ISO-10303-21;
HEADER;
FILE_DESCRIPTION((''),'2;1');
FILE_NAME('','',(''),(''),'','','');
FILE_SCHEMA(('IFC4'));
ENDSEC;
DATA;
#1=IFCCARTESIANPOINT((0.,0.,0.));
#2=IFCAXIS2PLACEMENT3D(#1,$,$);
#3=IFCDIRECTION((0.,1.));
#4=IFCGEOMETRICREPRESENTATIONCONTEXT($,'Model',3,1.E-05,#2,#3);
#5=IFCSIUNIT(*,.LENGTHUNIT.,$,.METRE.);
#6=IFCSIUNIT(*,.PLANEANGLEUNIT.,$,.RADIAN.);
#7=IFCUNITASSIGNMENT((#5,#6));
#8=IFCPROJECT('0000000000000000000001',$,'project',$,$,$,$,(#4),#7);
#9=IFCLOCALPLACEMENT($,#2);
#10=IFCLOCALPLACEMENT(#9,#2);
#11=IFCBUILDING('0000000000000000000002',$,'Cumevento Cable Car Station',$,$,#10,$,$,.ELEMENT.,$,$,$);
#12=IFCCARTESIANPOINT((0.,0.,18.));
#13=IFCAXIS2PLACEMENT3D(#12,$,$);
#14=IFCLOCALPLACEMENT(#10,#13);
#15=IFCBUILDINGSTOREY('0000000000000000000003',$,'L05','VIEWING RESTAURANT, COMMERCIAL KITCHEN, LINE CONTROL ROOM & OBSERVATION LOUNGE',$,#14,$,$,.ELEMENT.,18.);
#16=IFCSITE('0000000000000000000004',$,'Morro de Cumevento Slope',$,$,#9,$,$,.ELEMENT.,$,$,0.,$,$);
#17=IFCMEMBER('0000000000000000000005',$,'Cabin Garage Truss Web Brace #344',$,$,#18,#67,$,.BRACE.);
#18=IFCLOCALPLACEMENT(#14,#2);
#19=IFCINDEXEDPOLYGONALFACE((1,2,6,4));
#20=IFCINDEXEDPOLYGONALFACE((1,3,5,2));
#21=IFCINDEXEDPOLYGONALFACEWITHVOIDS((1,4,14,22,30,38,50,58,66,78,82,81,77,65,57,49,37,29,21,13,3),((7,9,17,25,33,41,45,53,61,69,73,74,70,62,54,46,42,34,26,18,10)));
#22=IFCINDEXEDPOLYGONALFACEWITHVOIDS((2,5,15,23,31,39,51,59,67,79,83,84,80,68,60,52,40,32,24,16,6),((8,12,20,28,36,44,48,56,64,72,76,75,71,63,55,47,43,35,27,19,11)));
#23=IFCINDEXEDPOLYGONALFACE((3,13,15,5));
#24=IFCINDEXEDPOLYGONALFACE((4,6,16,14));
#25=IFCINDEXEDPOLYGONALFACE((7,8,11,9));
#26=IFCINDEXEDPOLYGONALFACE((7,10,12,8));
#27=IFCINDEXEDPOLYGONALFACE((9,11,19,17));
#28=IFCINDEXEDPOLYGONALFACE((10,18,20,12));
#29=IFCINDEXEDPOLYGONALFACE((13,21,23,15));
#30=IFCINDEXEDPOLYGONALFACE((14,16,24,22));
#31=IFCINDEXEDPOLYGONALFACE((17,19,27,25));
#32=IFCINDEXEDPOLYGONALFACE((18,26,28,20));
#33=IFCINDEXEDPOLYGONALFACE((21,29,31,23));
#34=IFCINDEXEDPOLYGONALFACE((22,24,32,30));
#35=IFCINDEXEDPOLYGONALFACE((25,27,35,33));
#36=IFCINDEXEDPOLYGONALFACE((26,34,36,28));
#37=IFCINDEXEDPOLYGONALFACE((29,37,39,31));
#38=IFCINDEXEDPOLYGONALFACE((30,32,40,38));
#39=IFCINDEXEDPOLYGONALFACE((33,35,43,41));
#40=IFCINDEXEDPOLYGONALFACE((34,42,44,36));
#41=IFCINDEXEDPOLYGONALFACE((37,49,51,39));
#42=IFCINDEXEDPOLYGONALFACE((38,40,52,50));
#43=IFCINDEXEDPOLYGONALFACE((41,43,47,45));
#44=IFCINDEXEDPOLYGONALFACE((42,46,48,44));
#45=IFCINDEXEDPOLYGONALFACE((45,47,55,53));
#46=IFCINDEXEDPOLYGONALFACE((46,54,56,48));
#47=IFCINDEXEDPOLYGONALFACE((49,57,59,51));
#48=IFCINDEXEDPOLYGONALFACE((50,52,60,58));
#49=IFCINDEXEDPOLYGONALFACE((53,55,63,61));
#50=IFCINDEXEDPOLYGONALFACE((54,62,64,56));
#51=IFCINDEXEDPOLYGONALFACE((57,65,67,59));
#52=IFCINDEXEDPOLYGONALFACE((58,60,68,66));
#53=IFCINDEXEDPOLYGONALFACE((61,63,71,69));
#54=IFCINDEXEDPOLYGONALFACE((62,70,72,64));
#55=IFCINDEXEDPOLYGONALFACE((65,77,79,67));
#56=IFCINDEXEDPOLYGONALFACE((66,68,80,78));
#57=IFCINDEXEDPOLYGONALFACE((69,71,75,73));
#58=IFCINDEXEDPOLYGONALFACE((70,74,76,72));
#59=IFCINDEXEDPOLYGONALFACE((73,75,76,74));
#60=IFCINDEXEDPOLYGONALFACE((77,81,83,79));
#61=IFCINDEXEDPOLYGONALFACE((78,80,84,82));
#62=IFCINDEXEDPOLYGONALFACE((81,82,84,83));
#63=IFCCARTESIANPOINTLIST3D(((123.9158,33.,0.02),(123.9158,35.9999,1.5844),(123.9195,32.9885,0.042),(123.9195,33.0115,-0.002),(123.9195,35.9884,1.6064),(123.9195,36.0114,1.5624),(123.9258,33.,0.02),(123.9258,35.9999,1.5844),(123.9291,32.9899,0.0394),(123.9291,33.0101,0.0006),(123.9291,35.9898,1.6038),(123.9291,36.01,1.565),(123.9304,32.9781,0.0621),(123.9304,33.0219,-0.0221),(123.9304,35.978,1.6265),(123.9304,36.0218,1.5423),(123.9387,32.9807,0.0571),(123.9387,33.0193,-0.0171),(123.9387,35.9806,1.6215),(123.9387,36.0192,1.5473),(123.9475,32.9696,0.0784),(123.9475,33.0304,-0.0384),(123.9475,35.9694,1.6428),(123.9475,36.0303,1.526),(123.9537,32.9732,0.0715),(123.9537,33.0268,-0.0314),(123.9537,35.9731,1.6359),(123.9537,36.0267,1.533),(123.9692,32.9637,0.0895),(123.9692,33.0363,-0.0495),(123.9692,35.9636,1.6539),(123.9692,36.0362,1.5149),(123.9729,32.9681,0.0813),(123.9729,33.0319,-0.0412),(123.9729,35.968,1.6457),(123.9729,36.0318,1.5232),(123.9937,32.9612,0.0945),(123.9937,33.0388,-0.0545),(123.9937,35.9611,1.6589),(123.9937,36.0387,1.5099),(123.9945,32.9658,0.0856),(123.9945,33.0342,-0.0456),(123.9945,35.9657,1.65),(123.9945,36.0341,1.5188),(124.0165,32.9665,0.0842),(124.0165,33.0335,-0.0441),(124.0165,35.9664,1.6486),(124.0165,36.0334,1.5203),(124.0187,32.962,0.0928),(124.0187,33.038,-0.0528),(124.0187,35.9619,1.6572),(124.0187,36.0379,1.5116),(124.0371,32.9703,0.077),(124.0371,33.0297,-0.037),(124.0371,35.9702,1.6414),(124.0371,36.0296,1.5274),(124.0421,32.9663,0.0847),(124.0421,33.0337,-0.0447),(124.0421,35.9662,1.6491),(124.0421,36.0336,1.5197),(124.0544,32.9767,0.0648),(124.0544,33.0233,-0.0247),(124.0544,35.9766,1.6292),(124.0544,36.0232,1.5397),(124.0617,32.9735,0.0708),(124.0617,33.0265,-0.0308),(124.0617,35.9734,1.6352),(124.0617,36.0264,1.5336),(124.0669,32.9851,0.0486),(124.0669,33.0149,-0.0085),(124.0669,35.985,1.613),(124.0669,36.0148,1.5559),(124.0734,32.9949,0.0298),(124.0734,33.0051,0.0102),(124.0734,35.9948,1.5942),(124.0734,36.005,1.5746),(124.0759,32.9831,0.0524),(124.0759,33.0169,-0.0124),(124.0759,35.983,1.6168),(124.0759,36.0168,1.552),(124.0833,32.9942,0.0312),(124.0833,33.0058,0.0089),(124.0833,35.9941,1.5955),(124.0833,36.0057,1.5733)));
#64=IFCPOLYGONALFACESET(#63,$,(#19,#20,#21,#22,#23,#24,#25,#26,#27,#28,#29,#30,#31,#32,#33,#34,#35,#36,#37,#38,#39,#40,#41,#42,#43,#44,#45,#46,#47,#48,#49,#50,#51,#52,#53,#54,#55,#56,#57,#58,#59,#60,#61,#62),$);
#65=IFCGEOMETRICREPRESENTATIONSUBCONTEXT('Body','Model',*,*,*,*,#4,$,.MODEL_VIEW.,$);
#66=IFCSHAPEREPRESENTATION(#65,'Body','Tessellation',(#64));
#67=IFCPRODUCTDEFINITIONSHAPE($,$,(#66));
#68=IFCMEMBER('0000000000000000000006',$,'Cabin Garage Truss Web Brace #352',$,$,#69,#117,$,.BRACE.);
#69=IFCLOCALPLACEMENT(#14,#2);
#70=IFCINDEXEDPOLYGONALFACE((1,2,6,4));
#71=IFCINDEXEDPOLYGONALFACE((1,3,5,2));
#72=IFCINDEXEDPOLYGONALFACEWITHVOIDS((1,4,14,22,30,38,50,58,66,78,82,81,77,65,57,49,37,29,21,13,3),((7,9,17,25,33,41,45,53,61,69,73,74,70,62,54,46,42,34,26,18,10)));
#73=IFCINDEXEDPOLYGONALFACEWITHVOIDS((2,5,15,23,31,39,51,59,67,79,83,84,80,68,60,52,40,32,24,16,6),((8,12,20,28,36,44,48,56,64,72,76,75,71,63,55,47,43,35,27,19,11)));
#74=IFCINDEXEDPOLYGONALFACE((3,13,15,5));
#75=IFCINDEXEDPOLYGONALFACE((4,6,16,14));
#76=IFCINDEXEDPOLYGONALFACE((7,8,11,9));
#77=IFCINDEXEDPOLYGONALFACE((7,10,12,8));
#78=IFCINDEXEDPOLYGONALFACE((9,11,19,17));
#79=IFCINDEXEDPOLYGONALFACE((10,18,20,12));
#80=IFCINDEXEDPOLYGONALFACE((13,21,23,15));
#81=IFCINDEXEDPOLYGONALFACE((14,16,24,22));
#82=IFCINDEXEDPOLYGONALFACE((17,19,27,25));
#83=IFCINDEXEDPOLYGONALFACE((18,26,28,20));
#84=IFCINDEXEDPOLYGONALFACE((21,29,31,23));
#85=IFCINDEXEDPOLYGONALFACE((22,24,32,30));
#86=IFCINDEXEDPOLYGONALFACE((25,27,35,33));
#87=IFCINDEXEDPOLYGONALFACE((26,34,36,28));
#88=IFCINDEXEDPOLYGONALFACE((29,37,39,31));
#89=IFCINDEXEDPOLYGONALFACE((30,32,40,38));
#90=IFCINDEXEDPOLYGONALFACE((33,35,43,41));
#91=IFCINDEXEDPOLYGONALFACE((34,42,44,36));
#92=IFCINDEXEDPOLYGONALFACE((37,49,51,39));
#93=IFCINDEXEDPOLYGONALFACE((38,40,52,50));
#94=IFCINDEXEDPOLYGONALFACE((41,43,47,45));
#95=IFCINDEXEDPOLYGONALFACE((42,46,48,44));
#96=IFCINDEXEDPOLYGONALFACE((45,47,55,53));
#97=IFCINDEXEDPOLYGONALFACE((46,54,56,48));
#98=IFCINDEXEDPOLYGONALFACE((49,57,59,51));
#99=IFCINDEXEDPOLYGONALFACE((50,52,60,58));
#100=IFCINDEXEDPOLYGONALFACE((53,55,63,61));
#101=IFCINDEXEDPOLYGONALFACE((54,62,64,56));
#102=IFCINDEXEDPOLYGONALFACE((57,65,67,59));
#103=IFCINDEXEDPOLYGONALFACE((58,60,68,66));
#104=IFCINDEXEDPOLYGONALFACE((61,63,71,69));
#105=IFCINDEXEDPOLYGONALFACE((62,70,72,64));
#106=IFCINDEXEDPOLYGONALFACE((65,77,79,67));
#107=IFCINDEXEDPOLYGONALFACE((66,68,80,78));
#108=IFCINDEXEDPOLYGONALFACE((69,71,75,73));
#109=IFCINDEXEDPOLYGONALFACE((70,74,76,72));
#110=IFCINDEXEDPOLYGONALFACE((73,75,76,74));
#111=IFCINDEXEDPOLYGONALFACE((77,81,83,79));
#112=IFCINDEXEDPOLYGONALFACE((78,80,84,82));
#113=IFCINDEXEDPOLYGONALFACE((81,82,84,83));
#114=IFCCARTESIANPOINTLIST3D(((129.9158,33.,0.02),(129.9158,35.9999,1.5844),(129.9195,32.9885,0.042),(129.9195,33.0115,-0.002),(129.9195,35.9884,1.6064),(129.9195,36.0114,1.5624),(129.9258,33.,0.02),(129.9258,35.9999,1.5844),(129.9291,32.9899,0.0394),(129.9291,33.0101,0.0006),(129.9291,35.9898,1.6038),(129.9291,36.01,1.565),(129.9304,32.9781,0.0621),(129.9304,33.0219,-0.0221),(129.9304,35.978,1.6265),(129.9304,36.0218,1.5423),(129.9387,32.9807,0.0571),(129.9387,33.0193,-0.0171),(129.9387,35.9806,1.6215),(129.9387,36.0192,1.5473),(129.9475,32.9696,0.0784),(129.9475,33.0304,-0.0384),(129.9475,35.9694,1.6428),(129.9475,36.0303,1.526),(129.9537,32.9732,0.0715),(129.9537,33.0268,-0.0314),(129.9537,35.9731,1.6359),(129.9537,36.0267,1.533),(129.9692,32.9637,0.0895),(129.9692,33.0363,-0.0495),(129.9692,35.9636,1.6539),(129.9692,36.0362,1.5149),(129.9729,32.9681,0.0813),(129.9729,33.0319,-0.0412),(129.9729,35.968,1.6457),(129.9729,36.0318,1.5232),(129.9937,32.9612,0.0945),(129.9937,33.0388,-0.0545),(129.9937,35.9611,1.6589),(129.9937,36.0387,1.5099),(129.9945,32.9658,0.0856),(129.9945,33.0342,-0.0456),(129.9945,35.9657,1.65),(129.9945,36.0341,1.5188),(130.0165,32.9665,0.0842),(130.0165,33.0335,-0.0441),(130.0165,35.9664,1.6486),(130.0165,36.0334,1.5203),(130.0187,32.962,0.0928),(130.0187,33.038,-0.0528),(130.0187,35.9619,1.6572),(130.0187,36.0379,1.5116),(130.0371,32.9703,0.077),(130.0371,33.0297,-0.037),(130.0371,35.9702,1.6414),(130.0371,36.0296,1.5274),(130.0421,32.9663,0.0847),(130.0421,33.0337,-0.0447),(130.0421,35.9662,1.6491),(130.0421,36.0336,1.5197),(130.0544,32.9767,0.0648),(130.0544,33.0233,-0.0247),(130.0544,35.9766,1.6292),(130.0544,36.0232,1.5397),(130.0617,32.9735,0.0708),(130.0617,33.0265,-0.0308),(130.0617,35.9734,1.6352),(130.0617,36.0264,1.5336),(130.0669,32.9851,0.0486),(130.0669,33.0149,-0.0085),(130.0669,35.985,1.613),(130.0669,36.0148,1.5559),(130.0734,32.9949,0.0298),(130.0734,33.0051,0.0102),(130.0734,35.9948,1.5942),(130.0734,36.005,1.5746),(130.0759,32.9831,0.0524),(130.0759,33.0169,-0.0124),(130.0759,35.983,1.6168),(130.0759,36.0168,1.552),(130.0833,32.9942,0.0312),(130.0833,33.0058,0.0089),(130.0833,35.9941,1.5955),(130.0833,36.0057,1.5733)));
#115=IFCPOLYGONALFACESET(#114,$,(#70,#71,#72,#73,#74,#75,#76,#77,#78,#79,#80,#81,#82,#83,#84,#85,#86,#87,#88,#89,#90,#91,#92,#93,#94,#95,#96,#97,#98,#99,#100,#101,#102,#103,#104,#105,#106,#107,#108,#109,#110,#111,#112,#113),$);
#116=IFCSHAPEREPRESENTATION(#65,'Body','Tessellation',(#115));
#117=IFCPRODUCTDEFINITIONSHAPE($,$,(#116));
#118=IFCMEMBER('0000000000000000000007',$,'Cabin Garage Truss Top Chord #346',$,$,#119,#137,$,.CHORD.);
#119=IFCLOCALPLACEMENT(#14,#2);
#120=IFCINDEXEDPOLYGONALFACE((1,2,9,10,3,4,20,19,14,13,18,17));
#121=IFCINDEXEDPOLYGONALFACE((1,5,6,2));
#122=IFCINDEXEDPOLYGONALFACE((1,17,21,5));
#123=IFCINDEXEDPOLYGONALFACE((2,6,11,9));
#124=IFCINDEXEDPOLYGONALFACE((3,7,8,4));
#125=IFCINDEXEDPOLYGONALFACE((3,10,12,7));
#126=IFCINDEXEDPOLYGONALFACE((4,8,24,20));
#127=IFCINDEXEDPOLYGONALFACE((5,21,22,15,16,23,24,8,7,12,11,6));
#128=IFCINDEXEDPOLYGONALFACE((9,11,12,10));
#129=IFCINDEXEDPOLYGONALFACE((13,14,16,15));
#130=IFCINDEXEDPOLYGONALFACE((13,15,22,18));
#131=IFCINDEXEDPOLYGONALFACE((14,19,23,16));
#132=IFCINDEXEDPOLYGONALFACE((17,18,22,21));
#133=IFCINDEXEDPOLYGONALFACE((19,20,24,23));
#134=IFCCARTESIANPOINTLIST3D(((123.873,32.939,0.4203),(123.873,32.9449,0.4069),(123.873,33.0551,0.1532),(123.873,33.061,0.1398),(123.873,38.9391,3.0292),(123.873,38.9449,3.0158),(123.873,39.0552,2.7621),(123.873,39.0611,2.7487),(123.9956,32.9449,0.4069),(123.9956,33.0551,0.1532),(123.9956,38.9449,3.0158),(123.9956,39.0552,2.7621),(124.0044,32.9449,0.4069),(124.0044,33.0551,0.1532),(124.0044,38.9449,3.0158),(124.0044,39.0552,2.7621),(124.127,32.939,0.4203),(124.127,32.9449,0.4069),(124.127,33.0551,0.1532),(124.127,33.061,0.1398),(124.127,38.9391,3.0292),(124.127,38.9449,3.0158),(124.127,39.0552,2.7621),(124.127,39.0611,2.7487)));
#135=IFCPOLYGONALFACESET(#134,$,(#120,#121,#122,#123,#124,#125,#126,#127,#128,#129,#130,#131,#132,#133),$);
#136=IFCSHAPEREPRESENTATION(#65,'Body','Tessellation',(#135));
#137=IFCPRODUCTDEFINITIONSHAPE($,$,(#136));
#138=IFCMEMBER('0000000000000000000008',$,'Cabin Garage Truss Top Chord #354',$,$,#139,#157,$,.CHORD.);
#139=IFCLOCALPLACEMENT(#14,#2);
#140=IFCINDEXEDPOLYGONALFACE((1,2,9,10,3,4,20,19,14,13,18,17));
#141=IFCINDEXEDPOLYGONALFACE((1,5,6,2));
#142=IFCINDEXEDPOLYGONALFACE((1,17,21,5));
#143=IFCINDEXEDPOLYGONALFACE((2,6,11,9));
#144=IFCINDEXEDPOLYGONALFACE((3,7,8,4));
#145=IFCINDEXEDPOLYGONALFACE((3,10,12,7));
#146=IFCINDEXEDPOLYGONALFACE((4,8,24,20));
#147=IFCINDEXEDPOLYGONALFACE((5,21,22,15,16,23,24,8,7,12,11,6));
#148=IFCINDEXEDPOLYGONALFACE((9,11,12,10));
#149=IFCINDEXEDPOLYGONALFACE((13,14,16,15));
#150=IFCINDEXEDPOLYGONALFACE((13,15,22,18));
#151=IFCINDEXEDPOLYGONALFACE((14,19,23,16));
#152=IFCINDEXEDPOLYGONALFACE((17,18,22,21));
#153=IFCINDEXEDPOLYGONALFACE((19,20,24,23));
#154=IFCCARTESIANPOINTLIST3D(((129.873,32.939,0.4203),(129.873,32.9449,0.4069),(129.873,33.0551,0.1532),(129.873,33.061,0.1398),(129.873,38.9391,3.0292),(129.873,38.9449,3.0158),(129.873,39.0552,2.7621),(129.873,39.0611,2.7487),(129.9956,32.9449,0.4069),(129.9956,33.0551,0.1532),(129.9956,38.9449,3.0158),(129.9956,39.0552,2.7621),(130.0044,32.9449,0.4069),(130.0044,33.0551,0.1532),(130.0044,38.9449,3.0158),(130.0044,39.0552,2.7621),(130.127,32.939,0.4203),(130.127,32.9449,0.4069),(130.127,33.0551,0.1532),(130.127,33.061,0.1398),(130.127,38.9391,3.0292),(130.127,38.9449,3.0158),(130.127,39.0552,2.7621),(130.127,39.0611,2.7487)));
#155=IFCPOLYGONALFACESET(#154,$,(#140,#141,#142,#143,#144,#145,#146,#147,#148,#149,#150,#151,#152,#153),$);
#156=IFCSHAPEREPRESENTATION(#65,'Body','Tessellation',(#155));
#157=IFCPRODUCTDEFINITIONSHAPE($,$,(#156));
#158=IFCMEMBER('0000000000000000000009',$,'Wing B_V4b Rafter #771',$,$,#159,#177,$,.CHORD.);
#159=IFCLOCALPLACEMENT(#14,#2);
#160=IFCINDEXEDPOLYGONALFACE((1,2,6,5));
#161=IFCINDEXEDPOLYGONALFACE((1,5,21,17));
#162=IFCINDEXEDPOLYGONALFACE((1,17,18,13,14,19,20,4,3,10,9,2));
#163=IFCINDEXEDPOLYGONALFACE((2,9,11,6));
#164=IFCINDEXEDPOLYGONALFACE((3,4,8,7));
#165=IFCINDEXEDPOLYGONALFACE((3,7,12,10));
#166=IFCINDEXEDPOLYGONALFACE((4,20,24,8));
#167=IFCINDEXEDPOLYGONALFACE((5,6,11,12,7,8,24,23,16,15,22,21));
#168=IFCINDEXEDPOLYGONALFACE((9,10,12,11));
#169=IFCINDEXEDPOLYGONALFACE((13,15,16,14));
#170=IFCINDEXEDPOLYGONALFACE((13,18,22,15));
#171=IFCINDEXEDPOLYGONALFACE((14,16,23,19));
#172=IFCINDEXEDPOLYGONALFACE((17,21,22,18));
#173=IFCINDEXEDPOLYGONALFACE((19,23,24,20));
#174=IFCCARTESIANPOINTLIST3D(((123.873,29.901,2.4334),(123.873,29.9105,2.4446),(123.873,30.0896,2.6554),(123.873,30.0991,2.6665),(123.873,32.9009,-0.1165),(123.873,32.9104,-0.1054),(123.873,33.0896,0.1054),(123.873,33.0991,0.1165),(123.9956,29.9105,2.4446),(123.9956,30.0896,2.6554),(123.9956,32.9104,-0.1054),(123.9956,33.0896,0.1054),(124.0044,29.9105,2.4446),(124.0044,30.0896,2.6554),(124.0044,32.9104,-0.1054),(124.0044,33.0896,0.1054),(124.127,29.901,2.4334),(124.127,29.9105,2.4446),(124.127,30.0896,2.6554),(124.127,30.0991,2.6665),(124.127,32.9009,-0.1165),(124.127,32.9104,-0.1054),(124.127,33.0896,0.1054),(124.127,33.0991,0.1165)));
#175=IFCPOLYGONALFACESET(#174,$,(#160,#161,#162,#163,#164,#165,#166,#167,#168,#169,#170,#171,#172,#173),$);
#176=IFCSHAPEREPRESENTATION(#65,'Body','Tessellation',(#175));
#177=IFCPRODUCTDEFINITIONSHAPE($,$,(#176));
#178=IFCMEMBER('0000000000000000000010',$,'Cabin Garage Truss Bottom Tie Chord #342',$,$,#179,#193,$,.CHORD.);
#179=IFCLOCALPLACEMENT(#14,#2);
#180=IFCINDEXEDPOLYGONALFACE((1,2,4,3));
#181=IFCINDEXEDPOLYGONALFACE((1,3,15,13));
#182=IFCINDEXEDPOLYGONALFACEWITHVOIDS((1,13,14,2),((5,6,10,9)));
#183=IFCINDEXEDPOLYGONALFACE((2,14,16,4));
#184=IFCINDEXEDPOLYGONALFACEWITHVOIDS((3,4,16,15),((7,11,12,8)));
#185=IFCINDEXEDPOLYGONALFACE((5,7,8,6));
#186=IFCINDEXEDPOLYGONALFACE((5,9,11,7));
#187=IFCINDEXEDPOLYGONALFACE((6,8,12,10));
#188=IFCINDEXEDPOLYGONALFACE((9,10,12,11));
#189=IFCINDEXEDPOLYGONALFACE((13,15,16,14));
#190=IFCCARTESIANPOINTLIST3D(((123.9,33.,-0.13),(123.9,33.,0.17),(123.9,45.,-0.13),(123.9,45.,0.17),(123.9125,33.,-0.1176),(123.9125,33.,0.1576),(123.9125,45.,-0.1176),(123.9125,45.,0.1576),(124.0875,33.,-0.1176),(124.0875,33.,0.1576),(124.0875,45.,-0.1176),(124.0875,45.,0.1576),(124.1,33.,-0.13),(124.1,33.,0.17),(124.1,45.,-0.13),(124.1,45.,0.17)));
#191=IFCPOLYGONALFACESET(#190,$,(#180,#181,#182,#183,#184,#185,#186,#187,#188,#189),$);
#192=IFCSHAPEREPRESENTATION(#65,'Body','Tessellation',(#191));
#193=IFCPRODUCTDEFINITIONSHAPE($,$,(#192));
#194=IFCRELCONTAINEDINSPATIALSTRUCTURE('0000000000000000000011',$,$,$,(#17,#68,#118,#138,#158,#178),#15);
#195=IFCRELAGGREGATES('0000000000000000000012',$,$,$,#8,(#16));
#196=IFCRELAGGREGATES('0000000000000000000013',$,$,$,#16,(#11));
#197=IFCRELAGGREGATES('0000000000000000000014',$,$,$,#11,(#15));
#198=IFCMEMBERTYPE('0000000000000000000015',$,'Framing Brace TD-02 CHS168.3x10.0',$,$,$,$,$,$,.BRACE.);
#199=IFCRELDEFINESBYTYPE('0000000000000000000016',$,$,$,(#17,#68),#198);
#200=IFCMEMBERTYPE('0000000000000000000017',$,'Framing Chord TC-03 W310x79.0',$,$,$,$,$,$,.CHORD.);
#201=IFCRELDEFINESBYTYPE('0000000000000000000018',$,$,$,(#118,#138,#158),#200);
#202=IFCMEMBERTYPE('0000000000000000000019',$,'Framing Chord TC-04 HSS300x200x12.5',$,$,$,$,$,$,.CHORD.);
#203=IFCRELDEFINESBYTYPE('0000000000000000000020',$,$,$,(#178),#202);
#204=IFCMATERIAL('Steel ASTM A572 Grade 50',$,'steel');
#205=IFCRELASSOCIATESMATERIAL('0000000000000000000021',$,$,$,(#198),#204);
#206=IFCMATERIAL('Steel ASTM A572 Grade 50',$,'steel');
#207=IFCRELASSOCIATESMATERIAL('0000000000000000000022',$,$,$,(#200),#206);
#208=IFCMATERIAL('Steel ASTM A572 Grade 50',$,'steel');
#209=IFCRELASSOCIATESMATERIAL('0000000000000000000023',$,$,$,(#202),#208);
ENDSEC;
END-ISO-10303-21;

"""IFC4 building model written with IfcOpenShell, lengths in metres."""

from ifc_helpers import new_model, si_unit, direction, frame, origin, origin_2d, place, context, subcontext, project, spatial, hollow_rectangle, hollow_circle, i_section, extrude, material, material_profile, profile_set, type_object, element, save


model = new_model("IFC4")

# Units and contexts
model_context = context("Model", 3, precision=1e-05, world=origin(), true_north=direction((0.0, 1.0)))
body_context = subcontext(model_context, "Body", "Model", "MODEL_VIEW")
ifc_project = project(units=[si_unit("LENGTHUNIT", "METRE"), si_unit("PLANEANGLEUNIT", "RADIAN")], contexts=[model_context])

# Site, building, storey
site_placement = place(None, origin())
site = spatial("IfcSite", under=ifc_project, at=site_placement, Name="Morro de Cumevento Slope", CompositionType="ELEMENT", RefElevation=0.0)
building_placement = place(site_placement, origin())
building = spatial("IfcBuilding", under=site, at=building_placement, Name="Cumevento Cable Car Station", CompositionType="ELEMENT")
storey_placement = place(building_placement, frame((0.0, 0.0, 18.0)))
storey = spatial("IfcBuildingStorey", under=building, at=storey_placement, Name="L05", Description="VIEWING RESTAURANT, COMMERCIAL KITCHEN, LINE CONTROL ROOM & OBSERVATION LOUNGE", CompositionType="ELEMENT", Elevation=18.0)

# Members
ifc_material_1 = material(Name="Steel ASTM A572 Grade 50", Category="steel")
ifc_material_profile_1 = material_profile(ifc_material_1, hollow_circle(Radius=0.0842, WallThickness=0.01, at=origin_2d()), Name="CHS168.3x10.0")
ifc_profile_set_1 = profile_set([ifc_material_profile_1], Name="Steel ASTM A572 Grade 50")
member_type_1 = type_object("IfcMemberType", Name="Framing Brace TD-02 CHS168.3x10.0", PredefinedType="BRACE", material=ifc_profile_set_1)
for number, where, z_axis, x_axis, name in (
    (1, (124.0, 33.0, 0.02), (0.0, 0.886677, 0.462388), (-1.0, 0.0, 0.0), "Cabin Garage Truss Web Brace #344"),
    (2, (130.0, 33.0, 0.02), (0.0, 0.886677, 0.462388), (-1.0, 0.0, 0.0), "Cabin Garage Truss Web Brace #352"),
):
    element("IfcMember", number, at=place(storey_placement, frame(where, z_axis=z_axis, x_axis=x_axis)), inside=storey, type_object=member_type_1, Name=name, PredefinedType="BRACE", context=body_context, shape_type="SweptSolid", body=[
        extrude(hollow_circle(Radius=0.0842, WallThickness=0.01, at=origin_2d()), origin(), (0.0, 0.0, 1.0), 3.3833),
    ])
ifc_material_2 = material(Name="Steel ASTM A572 Grade 50", Category="steel")
ifc_material_profile_2 = material_profile(ifc_material_2, i_section(OverallWidth=0.2539, OverallDepth=0.3059, WebThickness=0.0088, FlangeThickness=0.0146, at=origin_2d()), Name="W310x79.0")
ifc_profile_set_2 = profile_set([ifc_material_profile_2], Name="Steel ASTM A572 Grade 50")
member_type_2 = type_object("IfcMemberType", Name="Framing Chord TC-03 W310x79.0", PredefinedType="CHORD", material=ifc_profile_set_2)
for number, where, z_axis, x_axis, name in (
    (3, (124.0, 33.0, 0.28), (0.0, 0.917059, 0.398751), (-1.0, 0.0, 0.0), "Cabin Garage Truss Top Chord #346"),
    (4, (130.0, 33.0, 0.28), (0.0, 0.917059, 0.398751), (-1.0, 0.0, 0.0), "Cabin Garage Truss Top Chord #354"),
):
    element("IfcMember", number, at=place(storey_placement, frame(where, z_axis=z_axis, x_axis=x_axis)), inside=storey, type_object=member_type_2, Name=name, PredefinedType="CHORD", context=body_context, shape_type="SweptSolid", body=[
        extrude(i_section(OverallWidth=0.2539, OverallDepth=0.3059, WebThickness=0.0088, FlangeThickness=0.0146, at=origin_2d()), origin(), (0.0, 0.0, 1.0), 6.5427),
    ])
member_placement = place(storey_placement, frame((124.0, 33.0, 0.0), z_axis=(0.0, -0.761933, 0.647656), x_axis=(1.0, 0.0, 0.0)))
element("IfcMember", 5, at=member_placement, inside=storey, type_object=member_type_2, Name="Wing B_V4b Rafter #771", PredefinedType="CHORD", context=body_context, shape_type="SweptSolid", body=[
    extrude(i_section(OverallWidth=0.2539, OverallDepth=0.3059, WebThickness=0.0088, FlangeThickness=0.0146, at=origin_2d()), origin(), (0.0, 0.0, 1.0), 3.9373),
])
ifc_material_3 = material(Name="Steel ASTM A572 Grade 50", Category="steel")
ifc_material_profile_3 = material_profile(ifc_material_3, hollow_rectangle(XDim=0.2, YDim=0.3, WallThickness=0.0125, at=origin_2d()), Name="HSS300x200x12.5")
ifc_profile_set_3 = profile_set([ifc_material_profile_3], Name="Steel ASTM A572 Grade 50")
member_type_3 = type_object("IfcMemberType", Name="Framing Chord TC-04 HSS300x200x12.5", PredefinedType="CHORD", material=ifc_profile_set_3)
for number, where, z_axis, x_axis, name in (
    (6, (124.0, 33.0, 0.02), (0.0, 1.0, 0.0), (-1.0, 0.0, 0.0), "Cabin Garage Truss Bottom Tie Chord #342"),
):
    element("IfcMember", number, at=place(storey_placement, frame(where, z_axis=z_axis, x_axis=x_axis)), inside=storey, type_object=member_type_3, Name=name, PredefinedType="CHORD", context=body_context, shape_type="SweptSolid", body=[
        extrude(hollow_rectangle(XDim=0.2, YDim=0.3, WallThickness=0.0125, at=origin_2d()), origin(), (0.0, 0.0, 1.0), 12.0),
    ])

save(model, "model.ifc")
